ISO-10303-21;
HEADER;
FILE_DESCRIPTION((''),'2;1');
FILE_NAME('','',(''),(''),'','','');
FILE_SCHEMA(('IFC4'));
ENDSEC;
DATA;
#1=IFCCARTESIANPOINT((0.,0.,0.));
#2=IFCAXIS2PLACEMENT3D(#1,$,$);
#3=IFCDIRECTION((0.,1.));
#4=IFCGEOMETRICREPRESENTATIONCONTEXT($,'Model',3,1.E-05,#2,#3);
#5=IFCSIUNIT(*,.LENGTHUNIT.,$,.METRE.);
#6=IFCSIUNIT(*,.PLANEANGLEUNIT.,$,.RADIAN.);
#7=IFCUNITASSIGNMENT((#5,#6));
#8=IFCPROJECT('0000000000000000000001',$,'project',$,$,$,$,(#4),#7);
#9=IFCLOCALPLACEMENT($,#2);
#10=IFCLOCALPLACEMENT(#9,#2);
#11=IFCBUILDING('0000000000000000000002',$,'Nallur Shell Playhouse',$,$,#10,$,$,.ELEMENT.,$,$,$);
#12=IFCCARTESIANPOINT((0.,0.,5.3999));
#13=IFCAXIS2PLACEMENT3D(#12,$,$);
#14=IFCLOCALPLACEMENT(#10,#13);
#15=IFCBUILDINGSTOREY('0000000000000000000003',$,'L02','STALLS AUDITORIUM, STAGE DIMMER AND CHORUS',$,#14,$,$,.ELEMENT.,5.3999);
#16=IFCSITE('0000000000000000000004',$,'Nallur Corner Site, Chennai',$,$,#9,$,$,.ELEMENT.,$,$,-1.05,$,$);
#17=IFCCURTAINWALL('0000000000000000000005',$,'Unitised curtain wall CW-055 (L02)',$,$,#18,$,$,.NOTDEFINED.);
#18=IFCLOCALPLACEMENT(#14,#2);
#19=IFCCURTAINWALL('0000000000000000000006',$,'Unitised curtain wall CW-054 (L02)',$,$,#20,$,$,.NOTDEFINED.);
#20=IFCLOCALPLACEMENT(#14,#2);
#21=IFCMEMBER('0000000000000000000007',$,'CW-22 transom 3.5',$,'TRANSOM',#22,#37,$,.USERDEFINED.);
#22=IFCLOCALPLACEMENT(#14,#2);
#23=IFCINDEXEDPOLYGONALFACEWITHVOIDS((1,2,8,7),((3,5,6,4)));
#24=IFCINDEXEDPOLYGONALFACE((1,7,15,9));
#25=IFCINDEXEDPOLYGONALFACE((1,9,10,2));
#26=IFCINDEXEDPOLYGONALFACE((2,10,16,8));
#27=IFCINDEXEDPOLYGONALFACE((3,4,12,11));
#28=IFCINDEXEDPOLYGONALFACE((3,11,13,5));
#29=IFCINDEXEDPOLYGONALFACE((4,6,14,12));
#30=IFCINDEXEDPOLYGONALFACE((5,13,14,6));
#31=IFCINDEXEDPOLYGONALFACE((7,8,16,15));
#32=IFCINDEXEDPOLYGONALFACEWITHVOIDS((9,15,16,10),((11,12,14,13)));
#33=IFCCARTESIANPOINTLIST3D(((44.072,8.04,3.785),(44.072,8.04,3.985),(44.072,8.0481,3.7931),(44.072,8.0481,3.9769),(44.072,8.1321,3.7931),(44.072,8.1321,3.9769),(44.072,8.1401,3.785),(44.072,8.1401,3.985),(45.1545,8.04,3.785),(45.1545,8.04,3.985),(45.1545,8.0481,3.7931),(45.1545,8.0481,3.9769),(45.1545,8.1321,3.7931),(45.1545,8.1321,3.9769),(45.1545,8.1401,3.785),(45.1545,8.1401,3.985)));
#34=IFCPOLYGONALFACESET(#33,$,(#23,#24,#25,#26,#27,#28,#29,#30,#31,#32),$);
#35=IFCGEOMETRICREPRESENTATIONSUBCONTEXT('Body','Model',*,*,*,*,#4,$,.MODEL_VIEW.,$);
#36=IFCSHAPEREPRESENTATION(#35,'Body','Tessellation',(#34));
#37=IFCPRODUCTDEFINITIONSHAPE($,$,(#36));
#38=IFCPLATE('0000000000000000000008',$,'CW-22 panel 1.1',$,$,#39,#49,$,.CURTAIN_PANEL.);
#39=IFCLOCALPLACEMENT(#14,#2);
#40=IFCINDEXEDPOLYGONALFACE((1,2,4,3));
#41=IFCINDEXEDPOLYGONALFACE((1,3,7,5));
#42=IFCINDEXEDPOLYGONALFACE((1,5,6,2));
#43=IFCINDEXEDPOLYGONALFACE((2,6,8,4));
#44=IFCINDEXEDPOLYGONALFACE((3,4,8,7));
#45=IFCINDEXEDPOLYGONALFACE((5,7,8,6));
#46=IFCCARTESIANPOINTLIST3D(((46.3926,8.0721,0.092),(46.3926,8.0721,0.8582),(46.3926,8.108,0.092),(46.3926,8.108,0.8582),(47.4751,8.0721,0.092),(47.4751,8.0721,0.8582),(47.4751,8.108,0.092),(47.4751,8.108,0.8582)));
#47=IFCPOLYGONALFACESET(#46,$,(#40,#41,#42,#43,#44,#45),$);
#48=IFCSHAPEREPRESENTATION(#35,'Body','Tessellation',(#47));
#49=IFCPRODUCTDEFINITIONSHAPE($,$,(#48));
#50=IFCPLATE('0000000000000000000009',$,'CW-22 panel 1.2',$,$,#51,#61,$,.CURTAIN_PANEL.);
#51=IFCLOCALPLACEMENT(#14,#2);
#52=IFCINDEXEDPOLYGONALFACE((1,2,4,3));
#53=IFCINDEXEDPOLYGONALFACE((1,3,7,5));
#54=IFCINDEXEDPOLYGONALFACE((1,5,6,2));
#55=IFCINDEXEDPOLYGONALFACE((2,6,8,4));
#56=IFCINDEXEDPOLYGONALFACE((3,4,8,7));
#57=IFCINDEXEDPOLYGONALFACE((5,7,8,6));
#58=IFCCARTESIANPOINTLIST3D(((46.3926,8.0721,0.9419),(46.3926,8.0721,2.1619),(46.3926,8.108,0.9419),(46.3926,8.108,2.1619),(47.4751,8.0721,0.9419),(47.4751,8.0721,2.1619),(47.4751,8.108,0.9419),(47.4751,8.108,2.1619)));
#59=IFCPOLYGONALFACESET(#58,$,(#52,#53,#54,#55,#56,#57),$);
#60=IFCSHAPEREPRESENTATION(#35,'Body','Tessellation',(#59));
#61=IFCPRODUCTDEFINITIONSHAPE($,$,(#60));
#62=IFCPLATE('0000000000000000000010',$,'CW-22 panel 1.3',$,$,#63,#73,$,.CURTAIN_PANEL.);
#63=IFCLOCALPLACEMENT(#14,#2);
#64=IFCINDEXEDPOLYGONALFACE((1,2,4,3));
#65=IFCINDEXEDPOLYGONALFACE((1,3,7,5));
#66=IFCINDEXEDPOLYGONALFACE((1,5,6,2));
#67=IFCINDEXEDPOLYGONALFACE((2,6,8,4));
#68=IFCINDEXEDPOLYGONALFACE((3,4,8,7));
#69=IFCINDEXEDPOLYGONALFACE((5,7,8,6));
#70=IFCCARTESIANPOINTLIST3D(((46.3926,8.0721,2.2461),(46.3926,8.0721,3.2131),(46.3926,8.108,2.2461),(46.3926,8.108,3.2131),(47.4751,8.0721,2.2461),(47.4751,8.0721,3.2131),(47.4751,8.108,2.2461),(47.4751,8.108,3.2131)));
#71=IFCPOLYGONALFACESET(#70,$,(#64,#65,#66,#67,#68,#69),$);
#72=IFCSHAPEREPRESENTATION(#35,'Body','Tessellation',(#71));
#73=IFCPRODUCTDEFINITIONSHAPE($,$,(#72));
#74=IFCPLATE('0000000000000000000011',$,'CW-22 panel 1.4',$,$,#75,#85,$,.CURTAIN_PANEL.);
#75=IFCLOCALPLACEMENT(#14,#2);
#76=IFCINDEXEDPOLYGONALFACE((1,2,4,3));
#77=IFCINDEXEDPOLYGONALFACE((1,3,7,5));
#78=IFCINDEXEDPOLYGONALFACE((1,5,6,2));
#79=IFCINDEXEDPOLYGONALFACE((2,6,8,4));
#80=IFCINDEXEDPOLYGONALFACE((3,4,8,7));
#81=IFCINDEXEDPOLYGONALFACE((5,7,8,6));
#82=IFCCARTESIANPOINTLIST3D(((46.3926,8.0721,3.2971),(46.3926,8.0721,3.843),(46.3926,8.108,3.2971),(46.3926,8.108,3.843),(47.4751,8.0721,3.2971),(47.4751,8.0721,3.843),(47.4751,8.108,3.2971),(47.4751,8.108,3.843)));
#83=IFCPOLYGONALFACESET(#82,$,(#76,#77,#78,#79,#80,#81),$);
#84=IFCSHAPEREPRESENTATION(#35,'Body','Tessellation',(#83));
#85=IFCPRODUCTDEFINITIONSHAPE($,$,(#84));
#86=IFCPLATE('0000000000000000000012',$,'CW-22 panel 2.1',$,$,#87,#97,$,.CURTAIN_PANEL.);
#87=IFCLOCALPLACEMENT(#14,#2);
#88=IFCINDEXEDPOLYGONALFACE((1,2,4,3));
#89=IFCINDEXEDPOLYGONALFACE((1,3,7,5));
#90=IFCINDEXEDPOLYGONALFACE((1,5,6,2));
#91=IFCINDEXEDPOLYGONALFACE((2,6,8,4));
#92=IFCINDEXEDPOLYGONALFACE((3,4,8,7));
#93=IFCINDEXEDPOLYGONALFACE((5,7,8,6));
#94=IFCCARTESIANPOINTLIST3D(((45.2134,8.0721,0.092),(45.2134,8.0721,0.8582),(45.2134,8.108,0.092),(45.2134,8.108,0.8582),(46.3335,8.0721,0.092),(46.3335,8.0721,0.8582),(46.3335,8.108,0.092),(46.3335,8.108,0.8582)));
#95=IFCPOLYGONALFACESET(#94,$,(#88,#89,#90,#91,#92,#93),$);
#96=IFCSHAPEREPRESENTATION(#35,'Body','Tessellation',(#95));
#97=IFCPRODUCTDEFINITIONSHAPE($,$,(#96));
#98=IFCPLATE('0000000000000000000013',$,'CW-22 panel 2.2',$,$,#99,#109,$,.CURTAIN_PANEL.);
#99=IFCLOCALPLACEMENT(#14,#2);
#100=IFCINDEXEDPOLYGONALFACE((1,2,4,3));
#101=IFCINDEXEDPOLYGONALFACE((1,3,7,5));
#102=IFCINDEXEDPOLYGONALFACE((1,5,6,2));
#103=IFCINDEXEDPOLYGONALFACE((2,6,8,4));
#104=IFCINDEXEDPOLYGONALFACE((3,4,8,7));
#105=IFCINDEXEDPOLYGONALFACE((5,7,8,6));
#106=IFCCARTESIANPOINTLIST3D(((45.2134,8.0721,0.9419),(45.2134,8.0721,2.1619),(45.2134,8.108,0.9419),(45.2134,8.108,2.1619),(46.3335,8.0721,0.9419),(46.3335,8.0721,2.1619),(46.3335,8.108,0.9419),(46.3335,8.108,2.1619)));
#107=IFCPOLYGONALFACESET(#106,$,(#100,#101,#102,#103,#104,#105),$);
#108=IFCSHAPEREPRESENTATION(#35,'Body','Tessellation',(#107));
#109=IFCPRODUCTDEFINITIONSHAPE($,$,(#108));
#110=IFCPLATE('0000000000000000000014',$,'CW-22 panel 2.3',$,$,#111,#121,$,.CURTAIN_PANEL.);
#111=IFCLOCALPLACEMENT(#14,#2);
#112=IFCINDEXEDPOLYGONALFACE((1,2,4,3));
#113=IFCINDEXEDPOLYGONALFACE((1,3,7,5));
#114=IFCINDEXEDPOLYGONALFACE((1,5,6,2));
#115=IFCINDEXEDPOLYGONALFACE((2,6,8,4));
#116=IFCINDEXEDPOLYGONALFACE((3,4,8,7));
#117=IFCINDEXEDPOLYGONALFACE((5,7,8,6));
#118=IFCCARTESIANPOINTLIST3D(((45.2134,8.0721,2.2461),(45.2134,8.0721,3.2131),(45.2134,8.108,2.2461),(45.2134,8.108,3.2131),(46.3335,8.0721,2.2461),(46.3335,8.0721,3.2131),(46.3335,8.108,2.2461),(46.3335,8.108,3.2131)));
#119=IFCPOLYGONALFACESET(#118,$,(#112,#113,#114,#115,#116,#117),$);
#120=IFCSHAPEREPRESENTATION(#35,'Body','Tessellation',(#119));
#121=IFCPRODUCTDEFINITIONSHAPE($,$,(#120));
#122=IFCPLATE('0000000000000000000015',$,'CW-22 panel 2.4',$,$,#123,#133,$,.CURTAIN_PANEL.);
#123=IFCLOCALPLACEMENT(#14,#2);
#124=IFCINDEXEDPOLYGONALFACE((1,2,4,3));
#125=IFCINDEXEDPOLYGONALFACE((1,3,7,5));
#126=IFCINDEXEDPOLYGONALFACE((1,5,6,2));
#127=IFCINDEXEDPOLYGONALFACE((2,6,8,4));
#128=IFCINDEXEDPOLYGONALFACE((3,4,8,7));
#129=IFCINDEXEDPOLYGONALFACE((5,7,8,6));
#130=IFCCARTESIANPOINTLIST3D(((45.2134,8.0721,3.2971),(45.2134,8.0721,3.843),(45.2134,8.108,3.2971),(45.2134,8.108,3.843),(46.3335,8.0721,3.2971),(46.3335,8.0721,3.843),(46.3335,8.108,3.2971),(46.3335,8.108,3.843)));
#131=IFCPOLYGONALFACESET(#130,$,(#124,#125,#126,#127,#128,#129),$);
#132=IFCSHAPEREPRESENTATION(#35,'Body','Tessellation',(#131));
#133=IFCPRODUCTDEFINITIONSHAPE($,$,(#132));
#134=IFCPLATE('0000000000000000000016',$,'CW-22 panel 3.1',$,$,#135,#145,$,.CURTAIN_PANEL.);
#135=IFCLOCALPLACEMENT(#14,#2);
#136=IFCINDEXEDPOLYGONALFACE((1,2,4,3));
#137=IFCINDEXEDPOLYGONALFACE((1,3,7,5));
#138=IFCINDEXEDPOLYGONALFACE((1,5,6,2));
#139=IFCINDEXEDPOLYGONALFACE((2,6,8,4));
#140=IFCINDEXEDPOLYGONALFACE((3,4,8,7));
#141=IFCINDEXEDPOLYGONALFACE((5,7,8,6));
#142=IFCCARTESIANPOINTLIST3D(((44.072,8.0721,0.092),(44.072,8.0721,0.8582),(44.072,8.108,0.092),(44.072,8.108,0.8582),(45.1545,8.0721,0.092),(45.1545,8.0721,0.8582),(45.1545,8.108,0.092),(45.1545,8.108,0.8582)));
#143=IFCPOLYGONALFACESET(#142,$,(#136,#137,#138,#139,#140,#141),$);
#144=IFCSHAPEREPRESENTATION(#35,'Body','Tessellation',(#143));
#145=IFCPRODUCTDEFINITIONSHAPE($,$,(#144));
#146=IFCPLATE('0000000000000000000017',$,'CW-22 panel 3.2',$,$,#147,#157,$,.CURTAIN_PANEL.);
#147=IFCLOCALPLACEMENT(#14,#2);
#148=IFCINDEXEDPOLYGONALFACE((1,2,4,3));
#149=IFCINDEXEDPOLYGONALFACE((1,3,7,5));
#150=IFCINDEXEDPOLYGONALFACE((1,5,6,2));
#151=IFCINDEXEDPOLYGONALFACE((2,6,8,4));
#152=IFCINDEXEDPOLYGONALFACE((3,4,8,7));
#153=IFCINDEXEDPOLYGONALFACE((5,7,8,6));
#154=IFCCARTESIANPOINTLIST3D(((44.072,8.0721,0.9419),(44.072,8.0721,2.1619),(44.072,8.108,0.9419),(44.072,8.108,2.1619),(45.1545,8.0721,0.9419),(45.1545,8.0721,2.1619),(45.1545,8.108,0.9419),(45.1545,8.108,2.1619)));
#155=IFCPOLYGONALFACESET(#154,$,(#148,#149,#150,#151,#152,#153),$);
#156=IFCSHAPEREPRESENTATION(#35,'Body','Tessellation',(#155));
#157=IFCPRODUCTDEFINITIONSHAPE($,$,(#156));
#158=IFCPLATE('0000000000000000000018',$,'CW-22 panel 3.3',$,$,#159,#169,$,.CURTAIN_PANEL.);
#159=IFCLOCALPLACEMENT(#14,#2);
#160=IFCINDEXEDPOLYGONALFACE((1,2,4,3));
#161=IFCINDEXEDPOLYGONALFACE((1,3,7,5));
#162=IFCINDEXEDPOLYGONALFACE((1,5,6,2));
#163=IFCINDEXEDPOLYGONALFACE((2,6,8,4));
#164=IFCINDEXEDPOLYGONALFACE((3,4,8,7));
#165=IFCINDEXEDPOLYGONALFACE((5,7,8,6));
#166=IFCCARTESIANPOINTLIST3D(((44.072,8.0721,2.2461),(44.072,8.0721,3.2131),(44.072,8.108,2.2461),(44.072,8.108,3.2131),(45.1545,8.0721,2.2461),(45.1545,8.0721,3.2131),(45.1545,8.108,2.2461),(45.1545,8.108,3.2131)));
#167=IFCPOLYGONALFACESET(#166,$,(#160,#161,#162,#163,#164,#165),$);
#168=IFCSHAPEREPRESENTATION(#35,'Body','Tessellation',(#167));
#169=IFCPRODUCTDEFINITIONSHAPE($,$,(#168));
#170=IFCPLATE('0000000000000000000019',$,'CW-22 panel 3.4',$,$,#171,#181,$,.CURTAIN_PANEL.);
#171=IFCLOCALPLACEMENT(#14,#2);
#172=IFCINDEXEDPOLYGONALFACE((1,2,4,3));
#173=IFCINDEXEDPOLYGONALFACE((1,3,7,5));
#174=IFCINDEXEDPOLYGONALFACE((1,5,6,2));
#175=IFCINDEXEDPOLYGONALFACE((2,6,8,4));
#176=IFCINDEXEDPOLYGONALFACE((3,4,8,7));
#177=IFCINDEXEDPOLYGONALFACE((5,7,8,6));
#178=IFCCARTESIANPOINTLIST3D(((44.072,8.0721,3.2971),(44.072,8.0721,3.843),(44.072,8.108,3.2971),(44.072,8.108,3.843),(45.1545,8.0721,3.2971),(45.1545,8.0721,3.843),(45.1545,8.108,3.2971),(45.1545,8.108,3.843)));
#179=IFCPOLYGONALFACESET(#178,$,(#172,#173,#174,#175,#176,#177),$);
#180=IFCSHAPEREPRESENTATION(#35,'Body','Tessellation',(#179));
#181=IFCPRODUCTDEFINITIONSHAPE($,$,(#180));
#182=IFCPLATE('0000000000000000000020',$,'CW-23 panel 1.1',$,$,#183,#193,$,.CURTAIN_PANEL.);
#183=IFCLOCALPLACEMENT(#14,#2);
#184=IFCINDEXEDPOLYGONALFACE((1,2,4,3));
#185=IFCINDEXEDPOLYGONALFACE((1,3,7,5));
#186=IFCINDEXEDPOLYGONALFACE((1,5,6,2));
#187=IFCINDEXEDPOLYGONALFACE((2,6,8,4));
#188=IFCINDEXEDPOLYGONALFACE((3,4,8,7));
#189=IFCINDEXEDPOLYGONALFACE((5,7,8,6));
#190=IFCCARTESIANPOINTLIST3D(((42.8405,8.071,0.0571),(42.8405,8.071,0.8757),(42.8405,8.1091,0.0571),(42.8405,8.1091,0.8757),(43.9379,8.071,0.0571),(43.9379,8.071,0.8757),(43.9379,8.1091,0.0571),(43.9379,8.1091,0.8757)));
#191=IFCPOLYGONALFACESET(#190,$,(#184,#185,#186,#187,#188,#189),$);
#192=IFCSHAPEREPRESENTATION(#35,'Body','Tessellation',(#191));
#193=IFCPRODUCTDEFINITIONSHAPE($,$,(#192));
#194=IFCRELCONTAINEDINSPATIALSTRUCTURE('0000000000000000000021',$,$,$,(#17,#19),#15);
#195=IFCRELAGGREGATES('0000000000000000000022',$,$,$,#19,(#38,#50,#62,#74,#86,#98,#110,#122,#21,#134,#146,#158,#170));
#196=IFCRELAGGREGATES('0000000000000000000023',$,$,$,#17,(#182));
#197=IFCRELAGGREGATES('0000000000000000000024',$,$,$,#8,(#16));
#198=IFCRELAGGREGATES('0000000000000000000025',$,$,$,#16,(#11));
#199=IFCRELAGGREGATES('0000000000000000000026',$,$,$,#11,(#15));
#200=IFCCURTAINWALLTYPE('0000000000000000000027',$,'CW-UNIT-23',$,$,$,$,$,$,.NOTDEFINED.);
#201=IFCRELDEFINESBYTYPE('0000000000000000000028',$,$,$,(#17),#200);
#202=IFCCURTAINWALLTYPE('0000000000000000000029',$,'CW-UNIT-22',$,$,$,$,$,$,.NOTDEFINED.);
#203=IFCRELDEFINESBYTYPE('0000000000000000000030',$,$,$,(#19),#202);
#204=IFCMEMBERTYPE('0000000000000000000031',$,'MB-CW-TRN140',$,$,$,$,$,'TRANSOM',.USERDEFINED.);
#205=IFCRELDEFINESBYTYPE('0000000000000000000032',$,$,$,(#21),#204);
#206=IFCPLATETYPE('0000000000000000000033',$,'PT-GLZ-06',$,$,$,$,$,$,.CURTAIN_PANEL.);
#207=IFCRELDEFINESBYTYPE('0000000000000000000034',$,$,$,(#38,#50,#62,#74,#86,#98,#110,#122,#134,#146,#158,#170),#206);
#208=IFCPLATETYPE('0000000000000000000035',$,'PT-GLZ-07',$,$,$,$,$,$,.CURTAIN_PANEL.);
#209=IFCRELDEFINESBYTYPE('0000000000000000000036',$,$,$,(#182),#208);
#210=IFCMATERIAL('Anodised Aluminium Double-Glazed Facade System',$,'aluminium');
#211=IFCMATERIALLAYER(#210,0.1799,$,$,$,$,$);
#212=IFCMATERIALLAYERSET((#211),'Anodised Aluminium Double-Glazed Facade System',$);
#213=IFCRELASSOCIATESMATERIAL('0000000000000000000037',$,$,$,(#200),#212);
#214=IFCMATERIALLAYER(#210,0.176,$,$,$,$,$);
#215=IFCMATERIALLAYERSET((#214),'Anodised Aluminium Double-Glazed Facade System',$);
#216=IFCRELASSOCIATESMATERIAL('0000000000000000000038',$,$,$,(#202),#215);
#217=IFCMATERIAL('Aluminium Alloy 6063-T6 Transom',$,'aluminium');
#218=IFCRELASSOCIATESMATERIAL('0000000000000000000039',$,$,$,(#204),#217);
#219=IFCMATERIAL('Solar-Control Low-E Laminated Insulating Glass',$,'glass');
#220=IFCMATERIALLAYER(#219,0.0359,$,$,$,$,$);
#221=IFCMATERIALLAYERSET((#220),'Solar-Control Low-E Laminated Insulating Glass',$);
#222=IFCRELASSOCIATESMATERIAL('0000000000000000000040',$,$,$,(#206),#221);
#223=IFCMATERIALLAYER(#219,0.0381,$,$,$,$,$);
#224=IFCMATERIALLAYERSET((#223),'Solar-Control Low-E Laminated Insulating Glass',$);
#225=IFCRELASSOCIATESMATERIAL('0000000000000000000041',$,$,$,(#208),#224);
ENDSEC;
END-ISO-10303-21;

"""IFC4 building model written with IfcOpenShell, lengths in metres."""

from ifc_helpers import new_model, si_unit, direction, frame, origin, origin_2d, place, context, subcontext, project, spatial, rectangle, hollow_rectangle, extrude, material, layer, layer_set, material_profile, profile_set, type_object, element, aggregate, save


model = new_model("IFC4")

# Units and contexts
model_context = context("Model", 3, precision=1e-05, world=origin(), true_north=direction((0.0, 1.0)))
body_context = subcontext(model_context, "Body", "Model", "MODEL_VIEW")
ifc_project = project(units=[si_unit("LENGTHUNIT", "METRE"), si_unit("PLANEANGLEUNIT", "RADIAN")], contexts=[model_context])

# Site, building, storey
site_placement = place(None, origin())
site = spatial("IfcSite", under=ifc_project, at=site_placement, Name="Nallur Corner Site, Chennai", CompositionType="ELEMENT", RefElevation=-1.05)
building_placement = place(site_placement, origin())
building = spatial("IfcBuilding", under=site, at=building_placement, Name="Nallur Shell Playhouse", CompositionType="ELEMENT")
storey_placement = place(building_placement, frame((0.0, 0.0, 5.3999)))
storey = spatial("IfcBuildingStorey", under=building, at=storey_placement, Name="L02", Description="STALLS AUDITORIUM, STAGE DIMMER AND CHORUS", CompositionType="ELEMENT", Elevation=5.3999)

# Curtain walls
ifc_material_1 = material(Name="Anodised Aluminium Double-Glazed Facade System", Category="aluminium")
ifc_layer_1 = layer(ifc_material_1, 0.1799)
ifc_layer_set_1 = layer_set([ifc_layer_1], Name="Anodised Aluminium Double-Glazed Facade System")
curtain_wall_type_1 = type_object("IfcCurtainWallType", Name="CW-UNIT-23", PredefinedType="NOTDEFINED", material=ifc_layer_set_1)
curtain_wall_1_placement = place(storey_placement, origin())
curtain_wall_1 = element("IfcCurtainWall", 1, at=curtain_wall_1_placement, inside=storey, type_object=curtain_wall_type_1, Name="Unitised curtain wall CW-055 (L02)", PredefinedType="NOTDEFINED")
ifc_layer_2 = layer(ifc_material_1, 0.176)
ifc_layer_set_2 = layer_set([ifc_layer_2], Name="Anodised Aluminium Double-Glazed Facade System")
curtain_wall_type_2 = type_object("IfcCurtainWallType", Name="CW-UNIT-22", PredefinedType="NOTDEFINED", material=ifc_layer_set_2)
curtain_wall_2_placement = place(storey_placement, origin())
curtain_wall_2 = element("IfcCurtainWall", 2, at=curtain_wall_2_placement, inside=storey, type_object=curtain_wall_type_2, Name="Unitised curtain wall CW-054 (L02)", PredefinedType="NOTDEFINED")

# Member
ifc_material_2 = material(Name="Aluminium Alloy 6063-T6 Transom", Category="aluminium")
ifc_material_profile_1 = material_profile(ifc_material_2, hollow_rectangle(XDim=0.1001, YDim=0.2, WallThickness=0.0081, at=origin_2d()), Name="RHS 200x100x8")
ifc_profile_set_1 = profile_set([ifc_material_profile_1], Name="Aluminium Alloy 6063-T6 Transom")
member_type_1 = type_object("IfcMemberType", Name="MB-CW-TRN140", ElementType="TRANSOM", PredefinedType="USERDEFINED", material=ifc_profile_set_1)
member_1_placement = place(storey_placement, frame((45.1545, 8.0901, 3.885), z_axis=(-1.0, 0.0, 0.0), x_axis=(0.0, -1.0, 0.0)))
member_1 = element("IfcMember", 3, at=member_1_placement, type_object=member_type_1, Name="CW-22 transom 3.5", ObjectType="TRANSOM", PredefinedType="USERDEFINED", context=body_context, shape_type="SweptSolid", body=[
    extrude(hollow_rectangle(XDim=0.1001, YDim=0.2, WallThickness=0.0081, at=origin_2d()), origin(), (0.0, 0.0, 1.0), 1.0825),
])

# Plates
ifc_material_3 = material(Name="Solar-Control Low-E Laminated Insulating Glass", Category="glass")
ifc_layer_3 = layer(ifc_material_3, 0.0359)
ifc_layer_set_3 = layer_set([ifc_layer_3], Name="Solar-Control Low-E Laminated Insulating Glass")
plate_type_1 = type_object("IfcPlateType", Name="PT-GLZ-06", PredefinedType="CURTAIN_PANEL", material=ifc_layer_set_3)
plate_1_placement = place(storey_placement, frame((46.9338, 8.0901, 0.092), z_axis=(0.0, 0.0, 1.0), x_axis=(-1.0, 0.0, 0.0)))
plate_1 = element("IfcPlate", 4, at=plate_1_placement, type_object=plate_type_1, Name="CW-22 panel 1.1", PredefinedType="CURTAIN_PANEL", context=body_context, shape_type="SweptSolid", body=[
    extrude(rectangle(XDim=1.0825, YDim=0.0359, at=origin_2d()), origin(), (0.0, 0.0, 1.0), 0.7661),
])
plate_2_placement = place(storey_placement, frame((46.9338, 8.0901, 0.9419), z_axis=(0.0, 0.0, 1.0), x_axis=(-1.0, 0.0, 0.0)))
plate_2 = element("IfcPlate", 5, at=plate_2_placement, type_object=plate_type_1, Name="CW-22 panel 1.2", PredefinedType="CURTAIN_PANEL", context=body_context, shape_type="SweptSolid", body=[
    extrude(rectangle(XDim=1.0825, YDim=0.0359, at=origin_2d()), origin(), (0.0, 0.0, 1.0), 1.22),
])
plate_3_placement = place(storey_placement, frame((46.9338, 8.0901, 2.2461), z_axis=(0.0, 0.0, 1.0), x_axis=(-1.0, 0.0, 0.0)))
plate_3 = element("IfcPlate", 6, at=plate_3_placement, type_object=plate_type_1, Name="CW-22 panel 1.3", PredefinedType="CURTAIN_PANEL", context=body_context, shape_type="SweptSolid", body=[
    extrude(rectangle(XDim=1.0825, YDim=0.0359, at=origin_2d()), origin(), (0.0, 0.0, 1.0), 0.967),
])
plate_4_placement = place(storey_placement, frame((46.9338, 8.0901, 3.2971), z_axis=(0.0, 0.0, 1.0), x_axis=(-1.0, 0.0, 0.0)))
plate_4 = element("IfcPlate", 7, at=plate_4_placement, type_object=plate_type_1, Name="CW-22 panel 1.4", PredefinedType="CURTAIN_PANEL", context=body_context, shape_type="SweptSolid", body=[
    extrude(rectangle(XDim=1.0825, YDim=0.0359, at=origin_2d()), origin(), (0.0, 0.0, 1.0), 0.5459),
])
plate_5_placement = place(storey_placement, frame((45.7734, 8.0901, 0.092), z_axis=(0.0, 0.0, 1.0), x_axis=(-1.0, 0.0, 0.0)))
plate_5 = element("IfcPlate", 8, at=plate_5_placement, type_object=plate_type_1, Name="CW-22 panel 2.1", PredefinedType="CURTAIN_PANEL", context=body_context, shape_type="SweptSolid", body=[
    extrude(rectangle(XDim=1.1201, YDim=0.0359, at=origin_2d()), origin(), (0.0, 0.0, 1.0), 0.7661),
])
plate_6_placement = place(storey_placement, frame((45.7734, 8.0901, 0.9419), z_axis=(0.0, 0.0, 1.0), x_axis=(-1.0, 0.0, 0.0)))
plate_6 = element("IfcPlate", 9, at=plate_6_placement, type_object=plate_type_1, Name="CW-22 panel 2.2", PredefinedType="CURTAIN_PANEL", context=body_context, shape_type="SweptSolid", body=[
    extrude(rectangle(XDim=1.1201, YDim=0.0359, at=origin_2d()), origin(), (0.0, 0.0, 1.0), 1.22),
])
plate_7_placement = place(storey_placement, frame((45.7734, 8.0901, 2.2461), z_axis=(0.0, 0.0, 1.0), x_axis=(-1.0, 0.0, 0.0)))
plate_7 = element("IfcPlate", 10, at=plate_7_placement, type_object=plate_type_1, Name="CW-22 panel 2.3", PredefinedType="CURTAIN_PANEL", context=body_context, shape_type="SweptSolid", body=[
    extrude(rectangle(XDim=1.1201, YDim=0.0359, at=origin_2d()), origin(), (0.0, 0.0, 1.0), 0.967),
])
plate_8_placement = place(storey_placement, frame((45.7734, 8.0901, 3.2971), z_axis=(0.0, 0.0, 1.0), x_axis=(-1.0, 0.0, 0.0)))
plate_8 = element("IfcPlate", 11, at=plate_8_placement, type_object=plate_type_1, Name="CW-22 panel 2.4", PredefinedType="CURTAIN_PANEL", context=body_context, shape_type="SweptSolid", body=[
    extrude(rectangle(XDim=1.1201, YDim=0.0359, at=origin_2d()), origin(), (0.0, 0.0, 1.0), 0.5459),
])
plate_9_placement = place(storey_placement, frame((44.6133, 8.0901, 0.092), z_axis=(0.0, 0.0, 1.0), x_axis=(-1.0, 0.0, 0.0)))
plate_9 = element("IfcPlate", 12, at=plate_9_placement, type_object=plate_type_1, Name="CW-22 panel 3.1", PredefinedType="CURTAIN_PANEL", context=body_context, shape_type="SweptSolid", body=[
    extrude(rectangle(XDim=1.0825, YDim=0.0359, at=origin_2d()), origin(), (0.0, 0.0, 1.0), 0.7661),
])
plate_10_placement = place(storey_placement, frame((44.6133, 8.0901, 0.9419), z_axis=(0.0, 0.0, 1.0), x_axis=(-1.0, 0.0, 0.0)))
plate_10 = element("IfcPlate", 13, at=plate_10_placement, type_object=plate_type_1, Name="CW-22 panel 3.2", PredefinedType="CURTAIN_PANEL", context=body_context, shape_type="SweptSolid", body=[
    extrude(rectangle(XDim=1.0825, YDim=0.0359, at=origin_2d()), origin(), (0.0, 0.0, 1.0), 1.22),
])
plate_11_placement = place(storey_placement, frame((44.6133, 8.0901, 2.2461), z_axis=(0.0, 0.0, 1.0), x_axis=(-1.0, 0.0, 0.0)))
plate_11 = element("IfcPlate", 14, at=plate_11_placement, type_object=plate_type_1, Name="CW-22 panel 3.3", PredefinedType="CURTAIN_PANEL", context=body_context, shape_type="SweptSolid", body=[
    extrude(rectangle(XDim=1.0825, YDim=0.0359, at=origin_2d()), origin(), (0.0, 0.0, 1.0), 0.967),
])
plate_12_placement = place(storey_placement, frame((44.6133, 8.0901, 3.2971), z_axis=(0.0, 0.0, 1.0), x_axis=(-1.0, 0.0, 0.0)))
plate_12 = element("IfcPlate", 15, at=plate_12_placement, type_object=plate_type_1, Name="CW-22 panel 3.4", PredefinedType="CURTAIN_PANEL", context=body_context, shape_type="SweptSolid", body=[
    extrude(rectangle(XDim=1.0825, YDim=0.0359, at=origin_2d()), origin(), (0.0, 0.0, 1.0), 0.5459),
])
aggregate(curtain_wall_2, [plate_1, plate_2, plate_3, plate_4, plate_5, plate_6, plate_7, plate_8, member_1, plate_9, plate_10, plate_11, plate_12])
ifc_layer_4 = layer(ifc_material_3, 0.0381)
ifc_layer_set_4 = layer_set([ifc_layer_4], Name="Solar-Control Low-E Laminated Insulating Glass")
plate_type_2 = type_object("IfcPlateType", Name="PT-GLZ-07", PredefinedType="CURTAIN_PANEL", material=ifc_layer_set_4)
plate_13_placement = place(storey_placement, frame((43.3892, 8.0901, 0.0571), z_axis=(0.0, 0.0, 1.0), x_axis=(-1.0, 0.0, 0.0)))
plate_13 = element("IfcPlate", 16, at=plate_13_placement, type_object=plate_type_2, Name="CW-23 panel 1.1", PredefinedType="CURTAIN_PANEL", context=body_context, shape_type="SweptSolid", body=[
    extrude(rectangle(XDim=1.0974, YDim=0.0381, at=origin_2d()), origin(), (0.0, 0.0, 1.0), 0.8186),
])
aggregate(curtain_wall_1, [plate_13])

save(model, "model.ifc")
